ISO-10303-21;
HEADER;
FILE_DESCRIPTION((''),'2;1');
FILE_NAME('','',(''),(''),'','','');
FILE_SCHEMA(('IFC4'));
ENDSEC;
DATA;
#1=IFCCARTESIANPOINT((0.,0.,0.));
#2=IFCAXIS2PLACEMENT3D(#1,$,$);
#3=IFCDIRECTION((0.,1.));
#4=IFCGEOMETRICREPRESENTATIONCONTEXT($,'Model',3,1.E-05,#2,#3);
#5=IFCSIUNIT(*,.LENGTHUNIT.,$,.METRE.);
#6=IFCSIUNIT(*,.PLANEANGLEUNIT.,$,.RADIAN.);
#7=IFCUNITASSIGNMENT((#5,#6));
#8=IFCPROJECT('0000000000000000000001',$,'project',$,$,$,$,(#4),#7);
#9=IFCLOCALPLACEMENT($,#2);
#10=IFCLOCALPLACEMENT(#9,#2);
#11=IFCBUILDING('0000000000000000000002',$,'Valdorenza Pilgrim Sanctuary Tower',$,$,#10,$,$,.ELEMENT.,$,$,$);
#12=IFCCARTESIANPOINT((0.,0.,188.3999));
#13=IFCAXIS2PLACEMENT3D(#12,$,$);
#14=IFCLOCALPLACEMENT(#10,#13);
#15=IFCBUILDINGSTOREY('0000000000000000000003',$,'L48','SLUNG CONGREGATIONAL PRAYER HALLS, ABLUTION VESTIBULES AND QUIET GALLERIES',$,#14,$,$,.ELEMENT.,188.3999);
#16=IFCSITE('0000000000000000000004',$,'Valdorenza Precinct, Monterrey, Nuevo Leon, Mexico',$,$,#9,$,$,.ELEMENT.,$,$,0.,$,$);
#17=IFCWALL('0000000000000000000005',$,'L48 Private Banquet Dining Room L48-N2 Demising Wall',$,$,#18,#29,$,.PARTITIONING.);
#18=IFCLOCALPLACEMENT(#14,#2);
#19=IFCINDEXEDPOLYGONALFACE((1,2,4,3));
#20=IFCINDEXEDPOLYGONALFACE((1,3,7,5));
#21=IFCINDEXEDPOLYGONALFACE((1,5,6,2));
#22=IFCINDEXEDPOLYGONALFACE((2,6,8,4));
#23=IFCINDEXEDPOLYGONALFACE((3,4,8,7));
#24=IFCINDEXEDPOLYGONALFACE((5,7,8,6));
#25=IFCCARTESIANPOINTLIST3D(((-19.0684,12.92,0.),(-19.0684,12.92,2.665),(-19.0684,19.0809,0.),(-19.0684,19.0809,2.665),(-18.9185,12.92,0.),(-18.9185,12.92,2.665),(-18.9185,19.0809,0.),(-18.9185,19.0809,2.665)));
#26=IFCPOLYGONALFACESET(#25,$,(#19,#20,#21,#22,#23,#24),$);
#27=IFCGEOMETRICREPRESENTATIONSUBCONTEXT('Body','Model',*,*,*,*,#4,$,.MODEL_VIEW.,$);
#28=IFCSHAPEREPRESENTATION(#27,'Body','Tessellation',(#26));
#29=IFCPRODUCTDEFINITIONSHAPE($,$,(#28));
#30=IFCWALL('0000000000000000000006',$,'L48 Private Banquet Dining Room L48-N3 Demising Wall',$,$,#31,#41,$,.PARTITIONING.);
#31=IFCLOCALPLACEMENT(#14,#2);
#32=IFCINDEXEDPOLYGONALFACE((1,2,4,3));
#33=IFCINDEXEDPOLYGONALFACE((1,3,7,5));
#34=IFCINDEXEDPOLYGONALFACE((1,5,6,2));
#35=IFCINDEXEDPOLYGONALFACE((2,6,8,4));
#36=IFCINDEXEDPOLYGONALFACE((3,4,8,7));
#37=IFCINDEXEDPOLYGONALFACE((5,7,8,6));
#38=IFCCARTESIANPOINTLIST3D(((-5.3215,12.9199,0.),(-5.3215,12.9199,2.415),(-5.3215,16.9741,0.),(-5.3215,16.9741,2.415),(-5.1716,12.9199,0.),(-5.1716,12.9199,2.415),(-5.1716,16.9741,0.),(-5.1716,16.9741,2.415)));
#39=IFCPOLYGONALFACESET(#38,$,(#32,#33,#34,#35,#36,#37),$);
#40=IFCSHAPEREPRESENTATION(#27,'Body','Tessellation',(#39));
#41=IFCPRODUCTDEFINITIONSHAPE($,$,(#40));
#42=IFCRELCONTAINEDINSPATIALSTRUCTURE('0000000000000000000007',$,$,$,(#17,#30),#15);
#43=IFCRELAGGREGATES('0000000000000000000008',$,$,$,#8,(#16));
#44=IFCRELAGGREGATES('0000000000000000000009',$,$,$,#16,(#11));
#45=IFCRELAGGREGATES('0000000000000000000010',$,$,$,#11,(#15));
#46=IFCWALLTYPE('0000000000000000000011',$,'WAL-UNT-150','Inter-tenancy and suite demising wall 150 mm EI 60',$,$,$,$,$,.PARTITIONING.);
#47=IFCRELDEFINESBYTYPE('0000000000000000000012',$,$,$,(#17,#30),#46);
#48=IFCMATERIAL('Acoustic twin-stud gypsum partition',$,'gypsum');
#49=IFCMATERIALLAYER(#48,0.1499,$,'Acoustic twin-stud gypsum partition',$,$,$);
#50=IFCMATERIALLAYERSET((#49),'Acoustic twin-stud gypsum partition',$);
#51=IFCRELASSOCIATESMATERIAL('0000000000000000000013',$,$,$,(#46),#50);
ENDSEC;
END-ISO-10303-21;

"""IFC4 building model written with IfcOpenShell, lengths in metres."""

from ifc_helpers import new_model, si_unit, direction, frame, frame_2d, origin, place, context, subcontext, project, spatial, rectangle, extrude, material, layer, layer_set, type_object, element, save


model = new_model("IFC4")

# Units and contexts
model_context = context("Model", 3, precision=1e-05, world=origin(), true_north=direction((0.0, 1.0)))
body_context = subcontext(model_context, "Body", "Model", "MODEL_VIEW")
ifc_project = project(units=[si_unit("LENGTHUNIT", "METRE"), si_unit("PLANEANGLEUNIT", "RADIAN")], contexts=[model_context])

# Site, building, storey
site_placement = place(None, origin())
site = spatial("IfcSite", under=ifc_project, at=site_placement, Name="Valdorenza Precinct, Monterrey, Nuevo Leon, Mexico", CompositionType="ELEMENT", RefElevation=0.0)
building_placement = place(site_placement, origin())
building = spatial("IfcBuilding", under=site, at=building_placement, Name="Valdorenza Pilgrim Sanctuary Tower", CompositionType="ELEMENT")
storey_placement = place(building_placement, frame((0.0, 0.0, 188.3999)))
storey = spatial("IfcBuildingStorey", under=building, at=storey_placement, Name="L48", Description="SLUNG CONGREGATIONAL PRAYER HALLS, ABLUTION VESTIBULES AND QUIET GALLERIES", CompositionType="ELEMENT", Elevation=188.3999)

# Walls
ifc_material_1 = material(Name="Acoustic twin-stud gypsum partition", Category="gypsum")
ifc_layer_1 = layer(ifc_material_1, 0.1499, Name="Acoustic twin-stud gypsum partition")
ifc_layer_set_1 = layer_set([ifc_layer_1], Name="Acoustic twin-stud gypsum partition")
wall_type_1 = type_object("IfcWallType", Name="WAL-UNT-150", Description="Inter-tenancy and suite demising wall 150 mm EI 60", PredefinedType="PARTITIONING", material=ifc_layer_set_1)
wall_1_placement = place(storey_placement, frame((-18.9934, 12.9199, 0.0), z_axis=(0.0, 0.0, 1.0), x_axis=(0.0, 1.0, 0.0)))
element("IfcWall", 1, at=wall_1_placement, inside=storey, type_object=wall_type_1, Name="L48 Private Banquet Dining Room L48-N2 Demising Wall", PredefinedType="PARTITIONING", context=body_context, shape_type="SweptSolid", body=[
    extrude(rectangle(XDim=6.1609, YDim=0.1499, at=frame_2d((3.0806, 0.0))), origin(), (0.0, 0.0, 1.0), 2.665),
])
wall_2_placement = place(storey_placement, frame((-5.2466, 12.9199, 0.0), z_axis=(0.0, 0.0, 1.0), x_axis=(0.0, 1.0, 0.0)))
element("IfcWall", 2, at=wall_2_placement, inside=storey, type_object=wall_type_1, Name="L48 Private Banquet Dining Room L48-N3 Demising Wall", PredefinedType="PARTITIONING", context=body_context, shape_type="SweptSolid", body=[
    extrude(rectangle(XDim=4.0542, YDim=0.1499, at=frame_2d((2.0271, 0.0))), origin(), (0.0, 0.0, 1.0), 2.415),
])

save(model, "model.ifc")
